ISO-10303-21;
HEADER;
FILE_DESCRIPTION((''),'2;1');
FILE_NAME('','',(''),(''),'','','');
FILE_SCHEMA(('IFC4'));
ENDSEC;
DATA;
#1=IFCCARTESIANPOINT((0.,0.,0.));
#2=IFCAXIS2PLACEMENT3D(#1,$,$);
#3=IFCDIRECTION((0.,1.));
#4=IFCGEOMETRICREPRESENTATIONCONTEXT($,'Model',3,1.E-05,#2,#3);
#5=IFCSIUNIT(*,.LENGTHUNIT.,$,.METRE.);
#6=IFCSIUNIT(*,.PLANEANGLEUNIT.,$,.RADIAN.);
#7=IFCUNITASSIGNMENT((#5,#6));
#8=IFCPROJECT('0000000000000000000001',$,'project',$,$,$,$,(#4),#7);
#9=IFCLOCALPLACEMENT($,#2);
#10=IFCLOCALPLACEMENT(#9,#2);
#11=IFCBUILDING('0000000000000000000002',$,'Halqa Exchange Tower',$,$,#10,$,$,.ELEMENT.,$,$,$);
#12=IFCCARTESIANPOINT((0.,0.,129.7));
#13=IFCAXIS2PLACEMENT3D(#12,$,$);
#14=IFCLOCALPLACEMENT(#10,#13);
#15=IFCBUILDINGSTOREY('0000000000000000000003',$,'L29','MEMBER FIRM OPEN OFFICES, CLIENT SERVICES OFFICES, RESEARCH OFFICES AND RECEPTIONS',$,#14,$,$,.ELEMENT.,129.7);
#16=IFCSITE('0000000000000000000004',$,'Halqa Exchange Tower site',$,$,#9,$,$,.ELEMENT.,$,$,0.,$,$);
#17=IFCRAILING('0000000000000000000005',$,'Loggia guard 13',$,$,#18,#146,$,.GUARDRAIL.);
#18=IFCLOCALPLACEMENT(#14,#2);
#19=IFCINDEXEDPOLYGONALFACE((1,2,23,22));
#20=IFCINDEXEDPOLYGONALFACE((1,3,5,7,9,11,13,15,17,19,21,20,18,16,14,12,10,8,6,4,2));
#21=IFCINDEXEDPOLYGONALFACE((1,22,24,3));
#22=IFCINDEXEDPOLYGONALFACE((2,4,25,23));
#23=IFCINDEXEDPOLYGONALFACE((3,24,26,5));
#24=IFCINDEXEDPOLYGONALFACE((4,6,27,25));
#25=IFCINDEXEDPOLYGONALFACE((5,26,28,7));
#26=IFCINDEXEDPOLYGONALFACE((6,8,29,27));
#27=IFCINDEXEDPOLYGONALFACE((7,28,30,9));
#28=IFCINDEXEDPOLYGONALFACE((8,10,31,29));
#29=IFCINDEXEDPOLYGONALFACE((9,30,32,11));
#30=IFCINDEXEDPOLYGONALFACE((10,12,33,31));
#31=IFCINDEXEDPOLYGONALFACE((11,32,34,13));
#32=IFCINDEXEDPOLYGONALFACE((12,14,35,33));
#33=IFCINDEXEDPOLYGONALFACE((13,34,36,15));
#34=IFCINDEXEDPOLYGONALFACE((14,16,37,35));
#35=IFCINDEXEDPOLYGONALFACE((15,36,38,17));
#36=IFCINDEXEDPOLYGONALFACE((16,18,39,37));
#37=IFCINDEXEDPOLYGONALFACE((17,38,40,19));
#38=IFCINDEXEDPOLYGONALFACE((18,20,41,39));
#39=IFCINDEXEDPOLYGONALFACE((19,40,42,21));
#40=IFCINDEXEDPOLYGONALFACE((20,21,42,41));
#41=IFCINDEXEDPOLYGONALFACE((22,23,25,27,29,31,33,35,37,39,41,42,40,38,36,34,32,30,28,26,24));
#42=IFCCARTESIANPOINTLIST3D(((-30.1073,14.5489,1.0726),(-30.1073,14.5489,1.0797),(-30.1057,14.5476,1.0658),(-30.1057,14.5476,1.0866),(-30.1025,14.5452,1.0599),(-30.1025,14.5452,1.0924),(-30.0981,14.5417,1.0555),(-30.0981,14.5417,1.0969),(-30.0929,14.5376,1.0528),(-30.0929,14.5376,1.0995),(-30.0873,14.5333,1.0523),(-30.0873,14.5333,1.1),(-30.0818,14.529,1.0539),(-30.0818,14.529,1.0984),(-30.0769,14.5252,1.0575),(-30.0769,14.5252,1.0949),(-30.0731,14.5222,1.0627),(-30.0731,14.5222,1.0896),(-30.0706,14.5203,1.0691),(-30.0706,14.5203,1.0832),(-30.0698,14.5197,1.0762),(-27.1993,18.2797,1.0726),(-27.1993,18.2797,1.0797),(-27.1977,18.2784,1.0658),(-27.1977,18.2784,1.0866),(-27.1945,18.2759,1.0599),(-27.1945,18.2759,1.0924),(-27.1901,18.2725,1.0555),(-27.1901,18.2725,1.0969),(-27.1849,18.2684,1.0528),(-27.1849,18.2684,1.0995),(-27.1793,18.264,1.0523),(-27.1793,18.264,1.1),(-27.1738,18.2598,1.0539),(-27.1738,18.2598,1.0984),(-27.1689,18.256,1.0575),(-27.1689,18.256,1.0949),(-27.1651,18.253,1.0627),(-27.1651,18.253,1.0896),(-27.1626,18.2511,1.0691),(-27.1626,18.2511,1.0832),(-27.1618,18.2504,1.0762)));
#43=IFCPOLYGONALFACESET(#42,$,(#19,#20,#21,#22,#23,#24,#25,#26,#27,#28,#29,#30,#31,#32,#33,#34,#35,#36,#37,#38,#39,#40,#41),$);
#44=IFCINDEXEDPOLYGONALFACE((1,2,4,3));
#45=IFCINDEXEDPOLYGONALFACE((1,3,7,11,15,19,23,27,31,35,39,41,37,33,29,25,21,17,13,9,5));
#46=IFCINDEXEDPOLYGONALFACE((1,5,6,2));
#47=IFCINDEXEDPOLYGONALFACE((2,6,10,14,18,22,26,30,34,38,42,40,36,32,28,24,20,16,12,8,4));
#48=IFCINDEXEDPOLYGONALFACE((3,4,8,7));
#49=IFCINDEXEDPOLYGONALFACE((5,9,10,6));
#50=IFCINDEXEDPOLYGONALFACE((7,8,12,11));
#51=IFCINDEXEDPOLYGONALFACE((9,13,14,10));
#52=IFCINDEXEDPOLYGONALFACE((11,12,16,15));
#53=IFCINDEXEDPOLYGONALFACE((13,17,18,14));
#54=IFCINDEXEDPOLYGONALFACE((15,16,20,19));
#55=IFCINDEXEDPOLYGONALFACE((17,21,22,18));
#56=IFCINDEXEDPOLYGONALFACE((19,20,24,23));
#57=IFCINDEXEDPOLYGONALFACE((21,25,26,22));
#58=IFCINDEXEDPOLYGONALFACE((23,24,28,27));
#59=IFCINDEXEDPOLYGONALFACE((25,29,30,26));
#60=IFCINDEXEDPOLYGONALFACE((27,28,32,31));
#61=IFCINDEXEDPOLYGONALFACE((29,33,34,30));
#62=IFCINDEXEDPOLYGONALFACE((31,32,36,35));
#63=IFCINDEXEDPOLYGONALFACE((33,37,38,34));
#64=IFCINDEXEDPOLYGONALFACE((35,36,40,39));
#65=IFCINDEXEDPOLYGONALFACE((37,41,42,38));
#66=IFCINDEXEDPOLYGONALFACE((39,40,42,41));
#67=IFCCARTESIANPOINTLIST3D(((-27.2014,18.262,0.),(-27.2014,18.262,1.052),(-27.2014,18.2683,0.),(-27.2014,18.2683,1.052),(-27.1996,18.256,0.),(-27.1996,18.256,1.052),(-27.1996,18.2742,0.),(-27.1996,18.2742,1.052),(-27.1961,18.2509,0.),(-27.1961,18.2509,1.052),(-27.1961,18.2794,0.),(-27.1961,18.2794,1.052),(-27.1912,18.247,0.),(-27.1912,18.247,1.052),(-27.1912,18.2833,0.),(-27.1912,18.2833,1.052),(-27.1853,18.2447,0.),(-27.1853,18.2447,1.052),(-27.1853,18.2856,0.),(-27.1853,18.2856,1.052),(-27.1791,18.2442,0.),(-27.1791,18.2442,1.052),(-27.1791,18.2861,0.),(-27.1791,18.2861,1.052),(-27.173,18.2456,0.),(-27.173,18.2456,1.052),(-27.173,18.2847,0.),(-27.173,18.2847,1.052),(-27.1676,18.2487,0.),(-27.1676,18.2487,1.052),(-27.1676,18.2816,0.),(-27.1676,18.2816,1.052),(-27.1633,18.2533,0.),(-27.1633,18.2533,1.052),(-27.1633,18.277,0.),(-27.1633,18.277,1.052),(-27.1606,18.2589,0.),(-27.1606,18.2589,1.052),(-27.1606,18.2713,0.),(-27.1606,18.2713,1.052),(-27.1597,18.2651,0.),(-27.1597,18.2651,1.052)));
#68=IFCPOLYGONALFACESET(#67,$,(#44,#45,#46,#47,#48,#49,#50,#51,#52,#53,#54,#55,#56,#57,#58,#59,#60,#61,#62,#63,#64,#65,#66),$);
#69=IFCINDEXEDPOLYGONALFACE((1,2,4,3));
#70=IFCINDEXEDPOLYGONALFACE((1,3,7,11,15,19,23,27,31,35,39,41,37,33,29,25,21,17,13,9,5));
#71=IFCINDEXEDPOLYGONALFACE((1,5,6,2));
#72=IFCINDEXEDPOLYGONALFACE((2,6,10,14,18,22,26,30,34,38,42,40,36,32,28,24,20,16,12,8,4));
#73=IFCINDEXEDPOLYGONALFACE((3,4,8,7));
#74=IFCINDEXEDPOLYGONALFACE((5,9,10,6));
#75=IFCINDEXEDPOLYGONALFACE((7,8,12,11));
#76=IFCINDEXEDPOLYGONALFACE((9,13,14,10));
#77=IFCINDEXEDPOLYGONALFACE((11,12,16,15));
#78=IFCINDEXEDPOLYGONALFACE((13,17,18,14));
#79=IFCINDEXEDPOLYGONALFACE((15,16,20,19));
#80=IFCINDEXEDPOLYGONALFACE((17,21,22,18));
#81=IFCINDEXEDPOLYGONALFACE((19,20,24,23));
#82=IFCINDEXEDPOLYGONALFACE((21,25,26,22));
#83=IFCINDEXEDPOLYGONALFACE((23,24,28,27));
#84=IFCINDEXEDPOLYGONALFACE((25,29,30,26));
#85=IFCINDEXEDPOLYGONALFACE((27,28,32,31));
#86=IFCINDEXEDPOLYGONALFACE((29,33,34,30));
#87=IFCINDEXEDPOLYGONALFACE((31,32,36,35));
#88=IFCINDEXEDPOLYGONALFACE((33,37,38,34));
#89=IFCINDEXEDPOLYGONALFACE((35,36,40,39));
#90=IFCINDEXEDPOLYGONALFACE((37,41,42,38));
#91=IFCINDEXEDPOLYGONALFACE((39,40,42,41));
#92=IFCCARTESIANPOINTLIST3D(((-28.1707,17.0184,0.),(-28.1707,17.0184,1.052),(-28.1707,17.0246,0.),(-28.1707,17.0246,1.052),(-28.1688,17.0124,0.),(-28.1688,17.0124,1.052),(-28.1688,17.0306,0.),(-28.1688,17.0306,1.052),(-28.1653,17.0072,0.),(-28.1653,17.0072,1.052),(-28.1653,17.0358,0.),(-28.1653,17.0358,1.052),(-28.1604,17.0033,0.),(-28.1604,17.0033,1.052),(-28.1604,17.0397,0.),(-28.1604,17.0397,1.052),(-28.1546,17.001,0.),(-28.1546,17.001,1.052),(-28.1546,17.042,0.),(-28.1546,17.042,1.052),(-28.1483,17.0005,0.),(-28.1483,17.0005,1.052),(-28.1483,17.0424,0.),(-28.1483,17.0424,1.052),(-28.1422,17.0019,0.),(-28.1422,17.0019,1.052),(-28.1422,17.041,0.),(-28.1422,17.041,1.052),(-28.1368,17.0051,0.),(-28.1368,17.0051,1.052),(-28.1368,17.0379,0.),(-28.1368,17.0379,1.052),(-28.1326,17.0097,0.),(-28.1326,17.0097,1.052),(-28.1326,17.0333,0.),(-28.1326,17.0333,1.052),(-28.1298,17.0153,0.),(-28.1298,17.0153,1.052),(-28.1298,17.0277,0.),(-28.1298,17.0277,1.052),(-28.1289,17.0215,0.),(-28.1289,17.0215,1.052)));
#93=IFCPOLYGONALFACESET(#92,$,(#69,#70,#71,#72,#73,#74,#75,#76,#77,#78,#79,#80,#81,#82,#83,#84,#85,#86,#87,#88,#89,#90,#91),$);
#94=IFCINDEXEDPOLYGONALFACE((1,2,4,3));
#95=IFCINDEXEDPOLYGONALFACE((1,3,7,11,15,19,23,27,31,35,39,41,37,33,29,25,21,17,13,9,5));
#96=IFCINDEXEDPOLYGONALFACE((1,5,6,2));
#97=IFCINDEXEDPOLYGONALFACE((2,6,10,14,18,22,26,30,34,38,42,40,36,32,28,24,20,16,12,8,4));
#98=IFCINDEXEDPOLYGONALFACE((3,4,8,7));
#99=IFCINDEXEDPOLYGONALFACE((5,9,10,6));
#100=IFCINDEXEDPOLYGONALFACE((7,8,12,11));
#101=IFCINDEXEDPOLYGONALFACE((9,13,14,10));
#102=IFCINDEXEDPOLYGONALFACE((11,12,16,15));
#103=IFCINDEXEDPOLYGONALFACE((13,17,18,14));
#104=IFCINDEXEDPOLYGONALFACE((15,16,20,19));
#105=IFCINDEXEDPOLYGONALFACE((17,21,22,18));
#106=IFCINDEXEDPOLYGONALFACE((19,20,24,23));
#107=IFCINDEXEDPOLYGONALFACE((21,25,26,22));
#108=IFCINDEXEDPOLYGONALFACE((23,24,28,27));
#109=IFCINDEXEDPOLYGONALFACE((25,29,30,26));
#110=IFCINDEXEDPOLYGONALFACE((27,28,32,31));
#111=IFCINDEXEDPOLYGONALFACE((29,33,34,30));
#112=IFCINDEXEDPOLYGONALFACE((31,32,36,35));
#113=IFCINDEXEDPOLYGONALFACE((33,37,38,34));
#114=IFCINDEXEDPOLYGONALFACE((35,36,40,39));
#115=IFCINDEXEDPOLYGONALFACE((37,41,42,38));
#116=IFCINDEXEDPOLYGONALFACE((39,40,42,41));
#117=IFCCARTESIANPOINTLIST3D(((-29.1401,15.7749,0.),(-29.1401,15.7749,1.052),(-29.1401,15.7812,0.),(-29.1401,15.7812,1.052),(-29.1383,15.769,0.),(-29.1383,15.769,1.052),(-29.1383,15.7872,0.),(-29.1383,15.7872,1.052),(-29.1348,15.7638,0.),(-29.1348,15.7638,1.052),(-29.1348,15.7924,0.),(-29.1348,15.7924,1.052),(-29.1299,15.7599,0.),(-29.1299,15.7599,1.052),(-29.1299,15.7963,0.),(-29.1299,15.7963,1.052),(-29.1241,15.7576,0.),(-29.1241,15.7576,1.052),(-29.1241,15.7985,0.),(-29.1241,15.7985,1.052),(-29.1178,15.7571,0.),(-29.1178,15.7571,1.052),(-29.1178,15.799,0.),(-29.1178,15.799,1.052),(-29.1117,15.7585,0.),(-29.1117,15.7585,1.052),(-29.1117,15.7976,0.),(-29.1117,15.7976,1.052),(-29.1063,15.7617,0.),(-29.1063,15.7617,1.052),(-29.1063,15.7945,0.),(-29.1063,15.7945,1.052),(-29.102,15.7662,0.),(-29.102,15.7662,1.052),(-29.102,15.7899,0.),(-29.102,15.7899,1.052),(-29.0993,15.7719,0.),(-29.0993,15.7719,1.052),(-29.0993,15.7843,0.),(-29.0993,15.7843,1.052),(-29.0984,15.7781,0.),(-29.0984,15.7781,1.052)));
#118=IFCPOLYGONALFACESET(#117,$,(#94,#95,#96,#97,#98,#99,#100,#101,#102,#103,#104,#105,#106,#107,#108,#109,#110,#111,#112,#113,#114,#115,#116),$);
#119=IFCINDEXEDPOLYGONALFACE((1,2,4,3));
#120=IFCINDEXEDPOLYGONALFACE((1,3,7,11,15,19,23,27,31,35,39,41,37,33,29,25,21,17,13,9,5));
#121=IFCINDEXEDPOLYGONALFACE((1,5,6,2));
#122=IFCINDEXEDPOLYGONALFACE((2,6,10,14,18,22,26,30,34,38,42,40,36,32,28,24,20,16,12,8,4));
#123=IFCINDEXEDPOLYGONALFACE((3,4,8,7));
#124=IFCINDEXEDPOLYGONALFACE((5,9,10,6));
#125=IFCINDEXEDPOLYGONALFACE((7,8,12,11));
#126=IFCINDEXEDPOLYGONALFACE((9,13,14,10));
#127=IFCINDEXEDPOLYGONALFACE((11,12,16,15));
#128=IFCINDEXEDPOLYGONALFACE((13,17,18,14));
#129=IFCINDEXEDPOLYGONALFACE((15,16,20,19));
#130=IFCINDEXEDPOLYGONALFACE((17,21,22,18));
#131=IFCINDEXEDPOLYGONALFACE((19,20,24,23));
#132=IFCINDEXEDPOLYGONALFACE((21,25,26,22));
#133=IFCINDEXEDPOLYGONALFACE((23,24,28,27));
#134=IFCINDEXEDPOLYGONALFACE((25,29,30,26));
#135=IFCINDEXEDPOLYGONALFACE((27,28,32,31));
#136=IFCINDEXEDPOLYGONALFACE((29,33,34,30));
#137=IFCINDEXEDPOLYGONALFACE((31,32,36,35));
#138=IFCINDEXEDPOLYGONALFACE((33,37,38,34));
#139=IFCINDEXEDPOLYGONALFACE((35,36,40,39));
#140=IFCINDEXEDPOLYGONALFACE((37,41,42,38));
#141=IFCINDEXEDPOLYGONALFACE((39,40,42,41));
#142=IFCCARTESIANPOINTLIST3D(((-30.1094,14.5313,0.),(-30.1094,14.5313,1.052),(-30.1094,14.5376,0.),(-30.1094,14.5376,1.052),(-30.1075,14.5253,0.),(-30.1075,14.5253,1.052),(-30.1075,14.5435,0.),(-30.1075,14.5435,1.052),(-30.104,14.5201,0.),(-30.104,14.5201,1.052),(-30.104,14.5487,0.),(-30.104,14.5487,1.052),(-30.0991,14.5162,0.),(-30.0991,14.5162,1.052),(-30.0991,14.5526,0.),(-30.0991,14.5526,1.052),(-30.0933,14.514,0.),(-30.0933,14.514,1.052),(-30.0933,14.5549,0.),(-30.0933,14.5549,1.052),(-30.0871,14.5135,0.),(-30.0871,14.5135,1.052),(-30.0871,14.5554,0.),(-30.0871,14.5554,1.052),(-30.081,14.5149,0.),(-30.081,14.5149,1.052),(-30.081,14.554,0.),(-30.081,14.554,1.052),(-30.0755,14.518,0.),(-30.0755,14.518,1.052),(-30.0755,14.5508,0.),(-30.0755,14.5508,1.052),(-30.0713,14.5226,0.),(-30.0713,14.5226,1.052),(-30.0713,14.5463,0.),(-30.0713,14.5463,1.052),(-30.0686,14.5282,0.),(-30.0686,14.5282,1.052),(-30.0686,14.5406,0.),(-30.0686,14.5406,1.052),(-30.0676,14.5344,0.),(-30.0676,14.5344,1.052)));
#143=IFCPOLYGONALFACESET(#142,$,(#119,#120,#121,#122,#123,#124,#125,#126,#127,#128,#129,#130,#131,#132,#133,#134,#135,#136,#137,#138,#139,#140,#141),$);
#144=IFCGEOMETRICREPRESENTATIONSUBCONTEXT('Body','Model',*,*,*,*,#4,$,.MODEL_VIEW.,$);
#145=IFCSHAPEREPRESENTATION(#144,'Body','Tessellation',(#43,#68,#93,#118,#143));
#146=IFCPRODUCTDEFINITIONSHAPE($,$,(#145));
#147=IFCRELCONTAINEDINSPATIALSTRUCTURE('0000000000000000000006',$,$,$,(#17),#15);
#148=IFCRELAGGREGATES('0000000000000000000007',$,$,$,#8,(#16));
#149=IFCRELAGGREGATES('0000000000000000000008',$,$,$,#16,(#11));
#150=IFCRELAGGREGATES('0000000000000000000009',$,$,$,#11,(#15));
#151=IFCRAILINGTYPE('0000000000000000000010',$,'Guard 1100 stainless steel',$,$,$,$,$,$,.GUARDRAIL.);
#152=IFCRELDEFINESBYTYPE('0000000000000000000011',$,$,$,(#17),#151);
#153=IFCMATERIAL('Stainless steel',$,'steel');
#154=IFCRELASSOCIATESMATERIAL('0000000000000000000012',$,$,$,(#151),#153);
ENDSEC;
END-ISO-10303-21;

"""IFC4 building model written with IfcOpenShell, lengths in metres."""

from ifc_helpers import new_model, si_unit, direction, frame, origin, origin_2d, place, context, subcontext, project, spatial, circle, extrude, material, type_object, element, save


model = new_model("IFC4")

# Units and contexts
model_context = context("Model", 3, precision=1e-05, world=origin(), true_north=direction((0.0, 1.0)))
body_context = subcontext(model_context, "Body", "Model", "MODEL_VIEW")
ifc_project = project(units=[si_unit("LENGTHUNIT", "METRE"), si_unit("PLANEANGLEUNIT", "RADIAN")], contexts=[model_context])

# Site, building, storey
site_placement = place(None, origin())
site = spatial("IfcSite", under=ifc_project, at=site_placement, Name="Halqa Exchange Tower site", CompositionType="ELEMENT", RefElevation=0.0)
building_placement = place(site_placement, origin())
building = spatial("IfcBuilding", under=site, at=building_placement, Name="Halqa Exchange Tower", CompositionType="ELEMENT")
storey_placement = place(building_placement, frame((0.0, 0.0, 129.7)))
storey = spatial("IfcBuildingStorey", under=building, at=storey_placement, Name="L29", Description="MEMBER FIRM OPEN OFFICES, CLIENT SERVICES OFFICES, RESEARCH OFFICES AND RECEPTIONS", CompositionType="ELEMENT", Elevation=129.7)

# Railing
ifc_material_1 = material(Name="Stainless steel", Category="steel")
railing_type = type_object("IfcRailingType", Name="Guard 1100 stainless steel", PredefinedType="GUARDRAIL", material=ifc_material_1)
railing_1_placement = place(storey_placement, frame((-27.1807, 18.2651, 0.0)))
element("IfcRailing", 1, at=railing_1_placement, inside=storey, type_object=railing_type, Name="Loggia guard 13", PredefinedType="GUARDRAIL", context=body_context, shape_type="SweptSolid", body=[
    extrude(circle(Radius=0.0239, at=origin_2d()), frame((0.0, 0.0, 1.0762), z_axis=(-0.614769, -0.788707, 0.0), x_axis=(0.788707, -0.614769, 0.0)), (0.0, 0.0, 1.0), 4.7302),
    extrude(circle(Radius=0.021, at=origin_2d()), origin(), (0.0, 0.0, 1.0), 1.052),
    extrude(circle(Radius=0.021, at=origin_2d()), frame((-0.9692, -1.2437, 0.0)), (0.0, 0.0, 1.0), 1.052),
    extrude(circle(Radius=0.021, at=origin_2d()), frame((-1.9387, -2.4871, 0.0)), (0.0, 0.0, 1.0), 1.052),
    extrude(circle(Radius=0.021, at=origin_2d()), frame((-2.908, -3.7307, 0.0)), (0.0, 0.0, 1.0), 1.052),
])

save(model, "model.ifc")
